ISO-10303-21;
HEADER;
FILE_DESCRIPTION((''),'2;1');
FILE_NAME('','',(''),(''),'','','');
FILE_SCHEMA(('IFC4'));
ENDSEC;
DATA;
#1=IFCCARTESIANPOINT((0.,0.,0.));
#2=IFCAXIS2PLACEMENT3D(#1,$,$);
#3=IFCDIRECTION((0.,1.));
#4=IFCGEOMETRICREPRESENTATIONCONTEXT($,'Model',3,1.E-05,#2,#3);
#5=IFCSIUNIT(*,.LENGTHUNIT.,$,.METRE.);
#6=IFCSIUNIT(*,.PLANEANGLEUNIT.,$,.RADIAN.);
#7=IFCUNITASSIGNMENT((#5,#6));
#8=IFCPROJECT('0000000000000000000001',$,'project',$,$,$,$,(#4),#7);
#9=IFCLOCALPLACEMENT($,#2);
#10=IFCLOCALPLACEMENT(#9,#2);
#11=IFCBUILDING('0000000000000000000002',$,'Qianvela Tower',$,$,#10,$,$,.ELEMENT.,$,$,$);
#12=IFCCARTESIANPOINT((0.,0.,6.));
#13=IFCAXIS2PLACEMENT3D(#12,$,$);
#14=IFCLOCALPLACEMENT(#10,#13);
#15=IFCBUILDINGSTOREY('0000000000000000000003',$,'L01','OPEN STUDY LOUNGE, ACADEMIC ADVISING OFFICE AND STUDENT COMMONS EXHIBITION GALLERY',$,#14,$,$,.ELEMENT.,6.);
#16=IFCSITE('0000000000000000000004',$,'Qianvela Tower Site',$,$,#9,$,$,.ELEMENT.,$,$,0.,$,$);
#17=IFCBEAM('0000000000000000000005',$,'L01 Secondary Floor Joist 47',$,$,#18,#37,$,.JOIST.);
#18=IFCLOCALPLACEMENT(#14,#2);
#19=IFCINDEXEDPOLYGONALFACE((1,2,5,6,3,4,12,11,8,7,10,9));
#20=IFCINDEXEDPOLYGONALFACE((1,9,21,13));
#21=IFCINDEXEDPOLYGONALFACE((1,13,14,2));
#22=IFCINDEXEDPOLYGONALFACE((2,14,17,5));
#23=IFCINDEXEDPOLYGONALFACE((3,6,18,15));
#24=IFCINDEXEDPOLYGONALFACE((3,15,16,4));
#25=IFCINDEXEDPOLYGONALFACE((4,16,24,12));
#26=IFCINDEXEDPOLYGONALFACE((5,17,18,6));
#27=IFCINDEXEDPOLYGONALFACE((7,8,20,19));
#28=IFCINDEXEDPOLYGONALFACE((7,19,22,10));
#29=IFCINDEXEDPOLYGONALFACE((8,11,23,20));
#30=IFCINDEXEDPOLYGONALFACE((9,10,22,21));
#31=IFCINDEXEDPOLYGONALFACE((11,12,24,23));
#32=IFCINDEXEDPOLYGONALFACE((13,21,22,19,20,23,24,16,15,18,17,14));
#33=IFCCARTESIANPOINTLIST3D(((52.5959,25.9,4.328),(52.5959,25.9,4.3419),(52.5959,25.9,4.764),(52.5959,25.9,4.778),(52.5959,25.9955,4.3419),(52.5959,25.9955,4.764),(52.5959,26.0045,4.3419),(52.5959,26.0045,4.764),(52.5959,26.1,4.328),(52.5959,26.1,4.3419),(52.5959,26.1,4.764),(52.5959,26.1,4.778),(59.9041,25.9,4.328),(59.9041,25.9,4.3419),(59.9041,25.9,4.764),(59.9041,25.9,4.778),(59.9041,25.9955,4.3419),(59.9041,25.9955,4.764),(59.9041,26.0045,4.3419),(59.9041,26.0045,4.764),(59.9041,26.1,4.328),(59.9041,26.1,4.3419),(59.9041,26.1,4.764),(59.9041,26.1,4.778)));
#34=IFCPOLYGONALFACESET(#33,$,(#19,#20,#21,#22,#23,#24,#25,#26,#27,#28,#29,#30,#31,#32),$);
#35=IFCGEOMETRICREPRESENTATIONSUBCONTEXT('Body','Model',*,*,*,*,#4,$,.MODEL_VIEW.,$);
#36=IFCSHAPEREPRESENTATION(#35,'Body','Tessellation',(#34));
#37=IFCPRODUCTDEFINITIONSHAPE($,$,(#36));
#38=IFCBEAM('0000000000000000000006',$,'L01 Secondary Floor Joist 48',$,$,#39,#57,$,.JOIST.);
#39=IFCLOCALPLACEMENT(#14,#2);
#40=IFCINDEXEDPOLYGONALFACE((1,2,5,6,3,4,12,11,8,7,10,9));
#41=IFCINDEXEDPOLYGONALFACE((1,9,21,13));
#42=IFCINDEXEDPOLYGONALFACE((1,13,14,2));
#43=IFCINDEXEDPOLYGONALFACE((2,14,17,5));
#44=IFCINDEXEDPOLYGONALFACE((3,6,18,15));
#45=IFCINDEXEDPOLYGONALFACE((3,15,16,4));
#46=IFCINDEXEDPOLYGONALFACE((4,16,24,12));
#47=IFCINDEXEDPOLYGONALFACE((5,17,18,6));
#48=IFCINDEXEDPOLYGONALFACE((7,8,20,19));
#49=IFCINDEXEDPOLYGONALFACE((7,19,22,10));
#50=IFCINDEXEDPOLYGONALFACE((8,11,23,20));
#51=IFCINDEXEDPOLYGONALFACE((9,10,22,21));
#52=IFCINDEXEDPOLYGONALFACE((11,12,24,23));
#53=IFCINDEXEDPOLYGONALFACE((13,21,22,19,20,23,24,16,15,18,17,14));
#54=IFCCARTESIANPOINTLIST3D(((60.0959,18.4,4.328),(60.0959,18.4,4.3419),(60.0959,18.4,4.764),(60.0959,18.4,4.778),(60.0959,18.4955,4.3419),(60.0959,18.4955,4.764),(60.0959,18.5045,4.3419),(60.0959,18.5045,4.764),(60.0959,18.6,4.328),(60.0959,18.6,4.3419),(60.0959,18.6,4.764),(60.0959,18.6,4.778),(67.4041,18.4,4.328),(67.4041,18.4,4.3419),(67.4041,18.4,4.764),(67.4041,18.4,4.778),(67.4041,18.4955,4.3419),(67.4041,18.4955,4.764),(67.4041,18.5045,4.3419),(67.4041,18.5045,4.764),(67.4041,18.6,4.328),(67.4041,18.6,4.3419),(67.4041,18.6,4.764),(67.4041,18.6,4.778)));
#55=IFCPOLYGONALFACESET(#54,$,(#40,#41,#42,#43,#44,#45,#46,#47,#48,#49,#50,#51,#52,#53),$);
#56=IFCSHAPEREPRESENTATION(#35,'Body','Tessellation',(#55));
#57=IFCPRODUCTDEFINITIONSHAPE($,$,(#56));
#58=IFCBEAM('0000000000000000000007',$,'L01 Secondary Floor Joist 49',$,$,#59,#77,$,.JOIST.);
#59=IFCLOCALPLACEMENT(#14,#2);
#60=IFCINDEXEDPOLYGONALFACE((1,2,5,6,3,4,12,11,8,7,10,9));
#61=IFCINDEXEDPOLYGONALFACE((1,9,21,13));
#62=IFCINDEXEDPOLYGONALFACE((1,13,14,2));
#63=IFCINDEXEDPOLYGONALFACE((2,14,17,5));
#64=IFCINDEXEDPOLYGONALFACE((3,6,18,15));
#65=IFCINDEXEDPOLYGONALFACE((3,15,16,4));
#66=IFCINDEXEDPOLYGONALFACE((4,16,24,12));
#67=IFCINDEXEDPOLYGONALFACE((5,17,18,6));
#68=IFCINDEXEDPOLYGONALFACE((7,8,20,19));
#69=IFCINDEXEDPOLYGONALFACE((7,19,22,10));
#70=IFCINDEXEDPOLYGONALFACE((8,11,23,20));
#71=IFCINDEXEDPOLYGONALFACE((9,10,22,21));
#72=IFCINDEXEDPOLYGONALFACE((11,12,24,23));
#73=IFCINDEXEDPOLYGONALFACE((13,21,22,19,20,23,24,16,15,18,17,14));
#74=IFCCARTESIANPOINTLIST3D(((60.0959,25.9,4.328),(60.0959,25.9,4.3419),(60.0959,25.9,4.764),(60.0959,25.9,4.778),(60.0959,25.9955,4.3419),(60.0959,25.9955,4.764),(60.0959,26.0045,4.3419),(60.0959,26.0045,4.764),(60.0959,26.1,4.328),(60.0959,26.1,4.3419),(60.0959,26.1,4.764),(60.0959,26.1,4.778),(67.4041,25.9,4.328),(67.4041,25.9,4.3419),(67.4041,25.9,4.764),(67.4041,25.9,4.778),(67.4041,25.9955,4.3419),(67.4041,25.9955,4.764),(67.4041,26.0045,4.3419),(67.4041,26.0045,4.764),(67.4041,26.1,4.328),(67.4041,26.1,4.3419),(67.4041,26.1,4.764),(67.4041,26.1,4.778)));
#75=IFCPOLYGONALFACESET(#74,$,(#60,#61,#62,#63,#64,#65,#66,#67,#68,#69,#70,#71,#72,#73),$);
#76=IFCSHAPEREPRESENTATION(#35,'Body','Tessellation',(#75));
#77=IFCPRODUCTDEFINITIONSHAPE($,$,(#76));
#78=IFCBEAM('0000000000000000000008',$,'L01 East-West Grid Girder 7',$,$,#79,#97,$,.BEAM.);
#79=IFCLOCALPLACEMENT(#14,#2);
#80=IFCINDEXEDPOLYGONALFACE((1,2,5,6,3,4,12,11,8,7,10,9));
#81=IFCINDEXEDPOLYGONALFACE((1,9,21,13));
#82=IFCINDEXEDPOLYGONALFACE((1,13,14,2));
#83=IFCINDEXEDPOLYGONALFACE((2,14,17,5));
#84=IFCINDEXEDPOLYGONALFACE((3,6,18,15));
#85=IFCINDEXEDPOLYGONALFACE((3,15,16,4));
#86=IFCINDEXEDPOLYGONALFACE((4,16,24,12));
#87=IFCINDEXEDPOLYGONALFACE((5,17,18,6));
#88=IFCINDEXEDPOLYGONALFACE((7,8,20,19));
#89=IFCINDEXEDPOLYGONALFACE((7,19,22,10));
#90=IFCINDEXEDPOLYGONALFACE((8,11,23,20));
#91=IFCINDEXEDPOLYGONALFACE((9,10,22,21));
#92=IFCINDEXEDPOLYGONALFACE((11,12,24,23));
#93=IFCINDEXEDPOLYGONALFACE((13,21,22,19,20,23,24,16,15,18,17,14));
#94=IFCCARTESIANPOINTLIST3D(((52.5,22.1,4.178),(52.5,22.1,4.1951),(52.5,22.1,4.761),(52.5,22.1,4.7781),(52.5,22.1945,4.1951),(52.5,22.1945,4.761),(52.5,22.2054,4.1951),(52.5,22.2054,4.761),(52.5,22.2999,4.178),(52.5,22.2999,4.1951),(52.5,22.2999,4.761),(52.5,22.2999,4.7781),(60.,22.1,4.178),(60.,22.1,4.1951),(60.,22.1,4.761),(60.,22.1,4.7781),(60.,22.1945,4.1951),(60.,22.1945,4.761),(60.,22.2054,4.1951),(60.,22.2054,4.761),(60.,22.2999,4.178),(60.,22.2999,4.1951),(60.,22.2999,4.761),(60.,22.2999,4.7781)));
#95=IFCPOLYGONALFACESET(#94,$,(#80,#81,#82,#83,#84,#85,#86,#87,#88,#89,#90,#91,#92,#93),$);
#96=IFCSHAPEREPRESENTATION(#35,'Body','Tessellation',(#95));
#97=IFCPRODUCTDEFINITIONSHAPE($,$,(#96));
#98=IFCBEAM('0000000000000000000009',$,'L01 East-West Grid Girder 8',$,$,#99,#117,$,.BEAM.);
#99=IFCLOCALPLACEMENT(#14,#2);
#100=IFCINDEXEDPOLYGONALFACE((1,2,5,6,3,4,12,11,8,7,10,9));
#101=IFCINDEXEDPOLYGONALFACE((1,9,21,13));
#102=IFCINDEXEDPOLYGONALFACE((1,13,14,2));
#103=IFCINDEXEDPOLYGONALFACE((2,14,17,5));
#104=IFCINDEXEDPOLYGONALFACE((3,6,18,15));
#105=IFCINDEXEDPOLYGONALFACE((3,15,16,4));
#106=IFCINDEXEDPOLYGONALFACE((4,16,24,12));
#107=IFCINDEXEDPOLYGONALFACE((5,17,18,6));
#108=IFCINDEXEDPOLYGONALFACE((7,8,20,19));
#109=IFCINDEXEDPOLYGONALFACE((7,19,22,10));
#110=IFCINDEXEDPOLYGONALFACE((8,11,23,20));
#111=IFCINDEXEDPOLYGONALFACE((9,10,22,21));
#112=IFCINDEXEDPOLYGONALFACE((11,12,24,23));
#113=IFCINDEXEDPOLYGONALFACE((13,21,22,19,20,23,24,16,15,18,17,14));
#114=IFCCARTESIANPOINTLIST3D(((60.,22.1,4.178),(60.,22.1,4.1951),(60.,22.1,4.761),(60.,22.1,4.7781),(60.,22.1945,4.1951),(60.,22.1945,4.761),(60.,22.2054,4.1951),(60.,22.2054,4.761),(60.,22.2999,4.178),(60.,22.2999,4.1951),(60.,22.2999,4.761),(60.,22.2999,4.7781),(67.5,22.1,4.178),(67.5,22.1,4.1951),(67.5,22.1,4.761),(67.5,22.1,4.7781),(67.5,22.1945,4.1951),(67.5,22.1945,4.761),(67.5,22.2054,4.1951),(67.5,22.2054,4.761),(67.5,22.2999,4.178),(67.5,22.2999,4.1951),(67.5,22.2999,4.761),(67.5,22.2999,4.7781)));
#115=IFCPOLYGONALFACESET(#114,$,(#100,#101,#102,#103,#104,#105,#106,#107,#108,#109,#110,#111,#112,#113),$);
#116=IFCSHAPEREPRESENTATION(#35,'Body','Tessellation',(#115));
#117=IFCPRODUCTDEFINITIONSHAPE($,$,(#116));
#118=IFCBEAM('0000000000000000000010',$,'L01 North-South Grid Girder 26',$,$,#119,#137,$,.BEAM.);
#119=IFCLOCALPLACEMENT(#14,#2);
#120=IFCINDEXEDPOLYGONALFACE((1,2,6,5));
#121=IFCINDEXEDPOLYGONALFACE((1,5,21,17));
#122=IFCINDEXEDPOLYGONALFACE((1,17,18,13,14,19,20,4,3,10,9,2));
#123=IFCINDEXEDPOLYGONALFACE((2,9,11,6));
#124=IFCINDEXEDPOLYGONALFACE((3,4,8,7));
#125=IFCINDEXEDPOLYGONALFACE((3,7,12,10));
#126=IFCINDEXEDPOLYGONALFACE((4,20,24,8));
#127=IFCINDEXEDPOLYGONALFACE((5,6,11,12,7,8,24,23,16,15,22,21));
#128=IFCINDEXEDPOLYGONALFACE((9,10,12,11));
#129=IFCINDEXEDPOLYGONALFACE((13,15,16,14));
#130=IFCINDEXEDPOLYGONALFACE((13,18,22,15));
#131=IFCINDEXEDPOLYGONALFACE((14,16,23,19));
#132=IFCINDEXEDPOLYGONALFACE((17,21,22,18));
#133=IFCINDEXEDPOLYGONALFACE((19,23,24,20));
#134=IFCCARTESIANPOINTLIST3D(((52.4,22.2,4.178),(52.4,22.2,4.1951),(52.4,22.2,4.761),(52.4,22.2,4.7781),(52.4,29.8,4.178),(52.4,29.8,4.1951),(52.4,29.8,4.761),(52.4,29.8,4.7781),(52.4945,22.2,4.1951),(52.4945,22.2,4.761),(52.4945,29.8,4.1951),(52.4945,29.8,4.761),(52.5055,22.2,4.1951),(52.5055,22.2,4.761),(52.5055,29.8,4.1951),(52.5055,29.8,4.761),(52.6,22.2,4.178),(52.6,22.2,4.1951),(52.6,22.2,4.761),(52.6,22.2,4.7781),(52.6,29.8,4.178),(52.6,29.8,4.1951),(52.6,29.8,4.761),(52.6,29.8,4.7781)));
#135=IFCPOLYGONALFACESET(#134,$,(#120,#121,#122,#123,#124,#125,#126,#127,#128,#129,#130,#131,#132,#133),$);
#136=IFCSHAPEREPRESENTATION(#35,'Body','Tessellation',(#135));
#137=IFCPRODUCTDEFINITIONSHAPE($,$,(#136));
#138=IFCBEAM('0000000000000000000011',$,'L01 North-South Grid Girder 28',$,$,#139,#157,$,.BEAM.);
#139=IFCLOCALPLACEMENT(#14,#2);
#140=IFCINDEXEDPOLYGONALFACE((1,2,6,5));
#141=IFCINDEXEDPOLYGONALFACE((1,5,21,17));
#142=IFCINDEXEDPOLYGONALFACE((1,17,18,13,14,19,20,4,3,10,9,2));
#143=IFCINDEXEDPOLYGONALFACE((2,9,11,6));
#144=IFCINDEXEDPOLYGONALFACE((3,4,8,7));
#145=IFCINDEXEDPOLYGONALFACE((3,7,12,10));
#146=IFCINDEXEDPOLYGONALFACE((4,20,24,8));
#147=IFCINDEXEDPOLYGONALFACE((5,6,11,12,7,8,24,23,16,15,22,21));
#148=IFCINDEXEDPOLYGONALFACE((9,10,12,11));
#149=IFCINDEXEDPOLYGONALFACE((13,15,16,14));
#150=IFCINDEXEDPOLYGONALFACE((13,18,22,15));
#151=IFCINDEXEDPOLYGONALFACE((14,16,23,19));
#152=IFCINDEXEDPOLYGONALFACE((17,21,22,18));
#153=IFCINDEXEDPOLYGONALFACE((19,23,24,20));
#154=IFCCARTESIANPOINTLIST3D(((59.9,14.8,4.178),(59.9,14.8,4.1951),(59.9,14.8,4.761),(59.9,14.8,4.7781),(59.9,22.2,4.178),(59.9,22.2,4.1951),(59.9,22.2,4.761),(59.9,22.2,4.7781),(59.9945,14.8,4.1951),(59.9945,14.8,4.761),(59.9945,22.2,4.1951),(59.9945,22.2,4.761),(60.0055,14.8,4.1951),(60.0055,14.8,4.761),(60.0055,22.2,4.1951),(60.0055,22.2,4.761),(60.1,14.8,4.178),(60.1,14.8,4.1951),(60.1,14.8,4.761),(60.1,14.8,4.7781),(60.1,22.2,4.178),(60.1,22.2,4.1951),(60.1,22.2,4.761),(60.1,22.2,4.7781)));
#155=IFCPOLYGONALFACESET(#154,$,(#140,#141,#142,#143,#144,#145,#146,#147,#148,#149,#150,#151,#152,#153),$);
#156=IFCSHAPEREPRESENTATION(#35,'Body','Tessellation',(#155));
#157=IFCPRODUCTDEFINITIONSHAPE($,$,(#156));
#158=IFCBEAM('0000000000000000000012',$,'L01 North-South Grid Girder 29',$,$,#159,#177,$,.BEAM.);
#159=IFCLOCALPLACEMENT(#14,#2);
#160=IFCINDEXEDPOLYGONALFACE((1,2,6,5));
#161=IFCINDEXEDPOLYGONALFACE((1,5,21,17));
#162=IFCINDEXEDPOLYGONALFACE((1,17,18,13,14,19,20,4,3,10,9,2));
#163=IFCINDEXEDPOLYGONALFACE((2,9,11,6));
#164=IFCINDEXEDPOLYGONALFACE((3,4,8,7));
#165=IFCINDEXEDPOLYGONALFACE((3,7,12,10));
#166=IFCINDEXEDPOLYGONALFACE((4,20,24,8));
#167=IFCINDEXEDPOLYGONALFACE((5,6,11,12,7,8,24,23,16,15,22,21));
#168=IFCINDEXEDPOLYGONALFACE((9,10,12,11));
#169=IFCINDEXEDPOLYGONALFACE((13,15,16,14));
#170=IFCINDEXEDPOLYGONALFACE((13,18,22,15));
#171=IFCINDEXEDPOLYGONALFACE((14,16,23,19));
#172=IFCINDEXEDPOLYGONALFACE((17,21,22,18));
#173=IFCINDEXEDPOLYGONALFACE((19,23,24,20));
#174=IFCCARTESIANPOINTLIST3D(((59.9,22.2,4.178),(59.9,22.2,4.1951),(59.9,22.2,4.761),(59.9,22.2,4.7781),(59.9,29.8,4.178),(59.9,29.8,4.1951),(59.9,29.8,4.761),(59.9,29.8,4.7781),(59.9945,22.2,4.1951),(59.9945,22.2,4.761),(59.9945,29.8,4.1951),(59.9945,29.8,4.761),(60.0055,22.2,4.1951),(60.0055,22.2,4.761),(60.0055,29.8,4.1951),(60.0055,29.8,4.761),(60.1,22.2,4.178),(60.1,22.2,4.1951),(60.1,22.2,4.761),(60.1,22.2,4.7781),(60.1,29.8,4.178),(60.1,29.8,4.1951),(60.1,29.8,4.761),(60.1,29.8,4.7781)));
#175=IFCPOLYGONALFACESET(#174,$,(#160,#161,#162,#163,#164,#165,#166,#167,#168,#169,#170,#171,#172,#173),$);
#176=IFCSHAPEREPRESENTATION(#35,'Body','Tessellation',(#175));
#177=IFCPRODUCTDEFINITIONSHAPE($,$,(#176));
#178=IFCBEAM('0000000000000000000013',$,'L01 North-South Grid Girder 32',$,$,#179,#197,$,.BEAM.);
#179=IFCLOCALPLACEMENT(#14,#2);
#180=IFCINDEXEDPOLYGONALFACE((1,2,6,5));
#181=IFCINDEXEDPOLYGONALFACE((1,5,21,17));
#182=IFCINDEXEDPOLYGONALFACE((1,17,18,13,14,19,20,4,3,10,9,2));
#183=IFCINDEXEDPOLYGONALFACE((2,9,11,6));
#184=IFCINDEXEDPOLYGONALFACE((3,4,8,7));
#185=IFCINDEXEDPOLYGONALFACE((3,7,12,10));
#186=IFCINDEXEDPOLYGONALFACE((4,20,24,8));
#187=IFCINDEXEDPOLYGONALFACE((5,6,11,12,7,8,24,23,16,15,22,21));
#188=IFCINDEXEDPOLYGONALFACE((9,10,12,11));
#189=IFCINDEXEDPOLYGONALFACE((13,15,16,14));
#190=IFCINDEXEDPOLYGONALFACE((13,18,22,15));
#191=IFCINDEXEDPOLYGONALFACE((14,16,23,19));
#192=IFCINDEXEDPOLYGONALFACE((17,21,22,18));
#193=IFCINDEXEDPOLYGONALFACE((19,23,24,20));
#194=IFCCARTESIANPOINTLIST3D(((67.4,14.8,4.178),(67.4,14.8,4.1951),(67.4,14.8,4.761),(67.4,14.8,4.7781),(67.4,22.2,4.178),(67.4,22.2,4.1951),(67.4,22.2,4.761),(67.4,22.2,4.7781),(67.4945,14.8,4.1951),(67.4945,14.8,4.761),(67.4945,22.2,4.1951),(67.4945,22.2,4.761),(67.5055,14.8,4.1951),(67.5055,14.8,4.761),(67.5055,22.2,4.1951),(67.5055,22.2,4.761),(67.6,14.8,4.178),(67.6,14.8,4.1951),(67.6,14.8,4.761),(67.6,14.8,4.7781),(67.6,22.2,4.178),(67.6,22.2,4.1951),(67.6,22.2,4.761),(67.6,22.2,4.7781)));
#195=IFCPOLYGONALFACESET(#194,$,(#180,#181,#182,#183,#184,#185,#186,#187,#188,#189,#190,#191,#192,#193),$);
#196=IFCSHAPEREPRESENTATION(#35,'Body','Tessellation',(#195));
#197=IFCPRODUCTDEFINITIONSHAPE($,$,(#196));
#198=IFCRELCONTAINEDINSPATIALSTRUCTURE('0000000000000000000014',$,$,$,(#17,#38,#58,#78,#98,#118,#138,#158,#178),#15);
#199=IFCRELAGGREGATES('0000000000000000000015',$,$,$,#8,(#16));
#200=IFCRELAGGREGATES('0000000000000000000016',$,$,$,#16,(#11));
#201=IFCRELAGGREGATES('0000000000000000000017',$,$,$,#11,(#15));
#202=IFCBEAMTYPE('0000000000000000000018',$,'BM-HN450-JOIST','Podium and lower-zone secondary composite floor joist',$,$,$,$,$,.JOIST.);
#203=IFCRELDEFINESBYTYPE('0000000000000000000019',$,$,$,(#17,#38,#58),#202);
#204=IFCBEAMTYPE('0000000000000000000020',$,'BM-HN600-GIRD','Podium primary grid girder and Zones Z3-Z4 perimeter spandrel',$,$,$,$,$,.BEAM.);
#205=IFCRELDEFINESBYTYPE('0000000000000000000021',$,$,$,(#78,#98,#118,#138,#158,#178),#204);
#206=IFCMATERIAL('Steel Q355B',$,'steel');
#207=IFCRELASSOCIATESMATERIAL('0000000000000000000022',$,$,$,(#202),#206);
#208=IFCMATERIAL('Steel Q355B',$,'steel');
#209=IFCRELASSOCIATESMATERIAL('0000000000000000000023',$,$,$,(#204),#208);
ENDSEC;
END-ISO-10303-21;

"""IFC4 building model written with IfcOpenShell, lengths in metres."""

from ifc_helpers import new_model, si_unit, direction, frame, origin, origin_2d, place, context, subcontext, project, spatial, i_section, extrude, material, material_profile, profile_set, type_object, element, save


model = new_model("IFC4")

# Units and contexts
model_context = context("Model", 3, precision=1e-05, world=origin(), true_north=direction((0.0, 1.0)))
body_context = subcontext(model_context, "Body", "Model", "MODEL_VIEW")
ifc_project = project(units=[si_unit("LENGTHUNIT", "METRE"), si_unit("PLANEANGLEUNIT", "RADIAN")], contexts=[model_context])

# Site, building, storey
site_placement = place(None, origin())
site = spatial("IfcSite", under=ifc_project, at=site_placement, Name="Qianvela Tower Site", CompositionType="ELEMENT", RefElevation=0.0)
building_placement = place(site_placement, origin())
building = spatial("IfcBuilding", under=site, at=building_placement, Name="Qianvela Tower", CompositionType="ELEMENT")
storey_placement = place(building_placement, frame((0.0, 0.0, 6.0)))
storey = spatial("IfcBuildingStorey", under=building, at=storey_placement, Name="L01", Description="OPEN STUDY LOUNGE, ACADEMIC ADVISING OFFICE AND STUDENT COMMONS EXHIBITION GALLERY", CompositionType="ELEMENT", Elevation=6.0)

# Beams
ifc_material_1 = material(Name="Steel Q355B", Category="steel")
ifc_material_profile_1 = material_profile(ifc_material_1, i_section(OverallWidth=0.2, OverallDepth=0.45, WebThickness=0.009, FlangeThickness=0.0139, at=origin_2d()), Name="HN450x200x9x14")
ifc_profile_set_1 = profile_set([ifc_material_profile_1], Name="Steel Q355B")
beam_type_1 = type_object("IfcBeamType", Name="BM-HN450-JOIST", Description="Podium and lower-zone secondary composite floor joist", PredefinedType="JOIST", material=ifc_profile_set_1)
for number, where, z_axis, x_axis, name in (
    (1, (52.5959, 26.0, 4.553), (1.0, 0.0, 0.0), (0.0, 1.0, 0.0), "L01 Secondary Floor Joist 47"),
    (2, (60.0959, 18.5, 4.553), (1.0, 0.0, 0.0), (0.0, 1.0, 0.0), "L01 Secondary Floor Joist 48"),
    (3, (60.0959, 26.0, 4.553), (1.0, 0.0, 0.0), (0.0, 1.0, 0.0), "L01 Secondary Floor Joist 49"),
):
    element("IfcBeam", number, at=place(storey_placement, frame(where, z_axis=z_axis, x_axis=x_axis)), inside=storey, type_object=beam_type_1, Name=name, PredefinedType="JOIST", context=body_context, shape_type="SweptSolid", body=[
        extrude(i_section(OverallWidth=0.2, OverallDepth=0.45, WebThickness=0.009, FlangeThickness=0.0139, at=origin_2d()), origin(), (0.0, 0.0, 1.0), 7.3081),
    ])
ifc_material_2 = material(Name="Steel Q355B", Category="steel")
ifc_material_profile_2 = material_profile(ifc_material_2, i_section(OverallWidth=0.2, OverallDepth=0.6001, WebThickness=0.011, FlangeThickness=0.0171, at=origin_2d()), Name="HN600x200x11x17")
ifc_profile_set_2 = profile_set([ifc_material_profile_2], Name="Steel Q355B")
beam_type_2 = type_object("IfcBeamType", Name="BM-HN600-GIRD", Description="Podium primary grid girder and Zones Z3-Z4 perimeter spandrel", PredefinedType="BEAM", material=ifc_profile_set_2)
for number, where, z_axis, x_axis, name in (
    (4, (52.5, 22.2, 4.478), (1.0, 0.0, 0.0), (0.0, 1.0, 0.0), "L01 East-West Grid Girder 7"),
    (5, (60.0, 22.2, 4.478), (1.0, 0.0, 0.0), (0.0, 1.0, 0.0), "L01 East-West Grid Girder 8"),
):
    element("IfcBeam", number, at=place(storey_placement, frame(where, z_axis=z_axis, x_axis=x_axis)), inside=storey, type_object=beam_type_2, Name=name, PredefinedType="BEAM", context=body_context, shape_type="SweptSolid", body=[
        extrude(i_section(OverallWidth=0.2, OverallDepth=0.6001, WebThickness=0.011, FlangeThickness=0.0171, at=origin_2d()), origin(), (0.0, 0.0, 1.0), 7.5),
    ])
beam_1_placement = place(storey_placement, frame((52.5, 22.2, 4.478), z_axis=(0.0, 1.0, 0.0), x_axis=(-1.0, 0.0, 0.0)))
element("IfcBeam", 6, at=beam_1_placement, inside=storey, type_object=beam_type_2, Name="L01 North-South Grid Girder 26", PredefinedType="BEAM", context=body_context, shape_type="SweptSolid", body=[
    extrude(i_section(OverallWidth=0.2, OverallDepth=0.6001, WebThickness=0.011, FlangeThickness=0.0171, at=origin_2d()), origin(), (0.0, 0.0, 1.0), 7.6001),
])
beam_2_placement = place(storey_placement, frame((60.0, 14.8, 4.478), z_axis=(0.0, 1.0, 0.0), x_axis=(-1.0, 0.0, 0.0)))
element("IfcBeam", 7, at=beam_2_placement, inside=storey, type_object=beam_type_2, Name="L01 North-South Grid Girder 28", PredefinedType="BEAM", context=body_context, shape_type="SweptSolid", body=[
    extrude(i_section(OverallWidth=0.2, OverallDepth=0.6001, WebThickness=0.011, FlangeThickness=0.0171, at=origin_2d()), origin(), (0.0, 0.0, 1.0), 7.3999),
])
beam_3_placement = place(storey_placement, frame((60.0, 22.2, 4.478), z_axis=(0.0, 1.0, 0.0), x_axis=(-1.0, 0.0, 0.0)))
element("IfcBeam", 8, at=beam_3_placement, inside=storey, type_object=beam_type_2, Name="L01 North-South Grid Girder 29", PredefinedType="BEAM", context=body_context, shape_type="SweptSolid", body=[
    extrude(i_section(OverallWidth=0.2, OverallDepth=0.6001, WebThickness=0.011, FlangeThickness=0.0171, at=origin_2d()), origin(), (0.0, 0.0, 1.0), 7.6001),
])
beam_4_placement = place(storey_placement, frame((67.5, 14.8, 4.478), z_axis=(0.0, 1.0, 0.0), x_axis=(-1.0, 0.0, 0.0)))
element("IfcBeam", 9, at=beam_4_placement, inside=storey, type_object=beam_type_2, Name="L01 North-South Grid Girder 32", PredefinedType="BEAM", context=body_context, shape_type="SweptSolid", body=[
    extrude(i_section(OverallWidth=0.2, OverallDepth=0.6001, WebThickness=0.011, FlangeThickness=0.0171, at=origin_2d()), origin(), (0.0, 0.0, 1.0), 7.3999),
])

save(model, "model.ifc")
